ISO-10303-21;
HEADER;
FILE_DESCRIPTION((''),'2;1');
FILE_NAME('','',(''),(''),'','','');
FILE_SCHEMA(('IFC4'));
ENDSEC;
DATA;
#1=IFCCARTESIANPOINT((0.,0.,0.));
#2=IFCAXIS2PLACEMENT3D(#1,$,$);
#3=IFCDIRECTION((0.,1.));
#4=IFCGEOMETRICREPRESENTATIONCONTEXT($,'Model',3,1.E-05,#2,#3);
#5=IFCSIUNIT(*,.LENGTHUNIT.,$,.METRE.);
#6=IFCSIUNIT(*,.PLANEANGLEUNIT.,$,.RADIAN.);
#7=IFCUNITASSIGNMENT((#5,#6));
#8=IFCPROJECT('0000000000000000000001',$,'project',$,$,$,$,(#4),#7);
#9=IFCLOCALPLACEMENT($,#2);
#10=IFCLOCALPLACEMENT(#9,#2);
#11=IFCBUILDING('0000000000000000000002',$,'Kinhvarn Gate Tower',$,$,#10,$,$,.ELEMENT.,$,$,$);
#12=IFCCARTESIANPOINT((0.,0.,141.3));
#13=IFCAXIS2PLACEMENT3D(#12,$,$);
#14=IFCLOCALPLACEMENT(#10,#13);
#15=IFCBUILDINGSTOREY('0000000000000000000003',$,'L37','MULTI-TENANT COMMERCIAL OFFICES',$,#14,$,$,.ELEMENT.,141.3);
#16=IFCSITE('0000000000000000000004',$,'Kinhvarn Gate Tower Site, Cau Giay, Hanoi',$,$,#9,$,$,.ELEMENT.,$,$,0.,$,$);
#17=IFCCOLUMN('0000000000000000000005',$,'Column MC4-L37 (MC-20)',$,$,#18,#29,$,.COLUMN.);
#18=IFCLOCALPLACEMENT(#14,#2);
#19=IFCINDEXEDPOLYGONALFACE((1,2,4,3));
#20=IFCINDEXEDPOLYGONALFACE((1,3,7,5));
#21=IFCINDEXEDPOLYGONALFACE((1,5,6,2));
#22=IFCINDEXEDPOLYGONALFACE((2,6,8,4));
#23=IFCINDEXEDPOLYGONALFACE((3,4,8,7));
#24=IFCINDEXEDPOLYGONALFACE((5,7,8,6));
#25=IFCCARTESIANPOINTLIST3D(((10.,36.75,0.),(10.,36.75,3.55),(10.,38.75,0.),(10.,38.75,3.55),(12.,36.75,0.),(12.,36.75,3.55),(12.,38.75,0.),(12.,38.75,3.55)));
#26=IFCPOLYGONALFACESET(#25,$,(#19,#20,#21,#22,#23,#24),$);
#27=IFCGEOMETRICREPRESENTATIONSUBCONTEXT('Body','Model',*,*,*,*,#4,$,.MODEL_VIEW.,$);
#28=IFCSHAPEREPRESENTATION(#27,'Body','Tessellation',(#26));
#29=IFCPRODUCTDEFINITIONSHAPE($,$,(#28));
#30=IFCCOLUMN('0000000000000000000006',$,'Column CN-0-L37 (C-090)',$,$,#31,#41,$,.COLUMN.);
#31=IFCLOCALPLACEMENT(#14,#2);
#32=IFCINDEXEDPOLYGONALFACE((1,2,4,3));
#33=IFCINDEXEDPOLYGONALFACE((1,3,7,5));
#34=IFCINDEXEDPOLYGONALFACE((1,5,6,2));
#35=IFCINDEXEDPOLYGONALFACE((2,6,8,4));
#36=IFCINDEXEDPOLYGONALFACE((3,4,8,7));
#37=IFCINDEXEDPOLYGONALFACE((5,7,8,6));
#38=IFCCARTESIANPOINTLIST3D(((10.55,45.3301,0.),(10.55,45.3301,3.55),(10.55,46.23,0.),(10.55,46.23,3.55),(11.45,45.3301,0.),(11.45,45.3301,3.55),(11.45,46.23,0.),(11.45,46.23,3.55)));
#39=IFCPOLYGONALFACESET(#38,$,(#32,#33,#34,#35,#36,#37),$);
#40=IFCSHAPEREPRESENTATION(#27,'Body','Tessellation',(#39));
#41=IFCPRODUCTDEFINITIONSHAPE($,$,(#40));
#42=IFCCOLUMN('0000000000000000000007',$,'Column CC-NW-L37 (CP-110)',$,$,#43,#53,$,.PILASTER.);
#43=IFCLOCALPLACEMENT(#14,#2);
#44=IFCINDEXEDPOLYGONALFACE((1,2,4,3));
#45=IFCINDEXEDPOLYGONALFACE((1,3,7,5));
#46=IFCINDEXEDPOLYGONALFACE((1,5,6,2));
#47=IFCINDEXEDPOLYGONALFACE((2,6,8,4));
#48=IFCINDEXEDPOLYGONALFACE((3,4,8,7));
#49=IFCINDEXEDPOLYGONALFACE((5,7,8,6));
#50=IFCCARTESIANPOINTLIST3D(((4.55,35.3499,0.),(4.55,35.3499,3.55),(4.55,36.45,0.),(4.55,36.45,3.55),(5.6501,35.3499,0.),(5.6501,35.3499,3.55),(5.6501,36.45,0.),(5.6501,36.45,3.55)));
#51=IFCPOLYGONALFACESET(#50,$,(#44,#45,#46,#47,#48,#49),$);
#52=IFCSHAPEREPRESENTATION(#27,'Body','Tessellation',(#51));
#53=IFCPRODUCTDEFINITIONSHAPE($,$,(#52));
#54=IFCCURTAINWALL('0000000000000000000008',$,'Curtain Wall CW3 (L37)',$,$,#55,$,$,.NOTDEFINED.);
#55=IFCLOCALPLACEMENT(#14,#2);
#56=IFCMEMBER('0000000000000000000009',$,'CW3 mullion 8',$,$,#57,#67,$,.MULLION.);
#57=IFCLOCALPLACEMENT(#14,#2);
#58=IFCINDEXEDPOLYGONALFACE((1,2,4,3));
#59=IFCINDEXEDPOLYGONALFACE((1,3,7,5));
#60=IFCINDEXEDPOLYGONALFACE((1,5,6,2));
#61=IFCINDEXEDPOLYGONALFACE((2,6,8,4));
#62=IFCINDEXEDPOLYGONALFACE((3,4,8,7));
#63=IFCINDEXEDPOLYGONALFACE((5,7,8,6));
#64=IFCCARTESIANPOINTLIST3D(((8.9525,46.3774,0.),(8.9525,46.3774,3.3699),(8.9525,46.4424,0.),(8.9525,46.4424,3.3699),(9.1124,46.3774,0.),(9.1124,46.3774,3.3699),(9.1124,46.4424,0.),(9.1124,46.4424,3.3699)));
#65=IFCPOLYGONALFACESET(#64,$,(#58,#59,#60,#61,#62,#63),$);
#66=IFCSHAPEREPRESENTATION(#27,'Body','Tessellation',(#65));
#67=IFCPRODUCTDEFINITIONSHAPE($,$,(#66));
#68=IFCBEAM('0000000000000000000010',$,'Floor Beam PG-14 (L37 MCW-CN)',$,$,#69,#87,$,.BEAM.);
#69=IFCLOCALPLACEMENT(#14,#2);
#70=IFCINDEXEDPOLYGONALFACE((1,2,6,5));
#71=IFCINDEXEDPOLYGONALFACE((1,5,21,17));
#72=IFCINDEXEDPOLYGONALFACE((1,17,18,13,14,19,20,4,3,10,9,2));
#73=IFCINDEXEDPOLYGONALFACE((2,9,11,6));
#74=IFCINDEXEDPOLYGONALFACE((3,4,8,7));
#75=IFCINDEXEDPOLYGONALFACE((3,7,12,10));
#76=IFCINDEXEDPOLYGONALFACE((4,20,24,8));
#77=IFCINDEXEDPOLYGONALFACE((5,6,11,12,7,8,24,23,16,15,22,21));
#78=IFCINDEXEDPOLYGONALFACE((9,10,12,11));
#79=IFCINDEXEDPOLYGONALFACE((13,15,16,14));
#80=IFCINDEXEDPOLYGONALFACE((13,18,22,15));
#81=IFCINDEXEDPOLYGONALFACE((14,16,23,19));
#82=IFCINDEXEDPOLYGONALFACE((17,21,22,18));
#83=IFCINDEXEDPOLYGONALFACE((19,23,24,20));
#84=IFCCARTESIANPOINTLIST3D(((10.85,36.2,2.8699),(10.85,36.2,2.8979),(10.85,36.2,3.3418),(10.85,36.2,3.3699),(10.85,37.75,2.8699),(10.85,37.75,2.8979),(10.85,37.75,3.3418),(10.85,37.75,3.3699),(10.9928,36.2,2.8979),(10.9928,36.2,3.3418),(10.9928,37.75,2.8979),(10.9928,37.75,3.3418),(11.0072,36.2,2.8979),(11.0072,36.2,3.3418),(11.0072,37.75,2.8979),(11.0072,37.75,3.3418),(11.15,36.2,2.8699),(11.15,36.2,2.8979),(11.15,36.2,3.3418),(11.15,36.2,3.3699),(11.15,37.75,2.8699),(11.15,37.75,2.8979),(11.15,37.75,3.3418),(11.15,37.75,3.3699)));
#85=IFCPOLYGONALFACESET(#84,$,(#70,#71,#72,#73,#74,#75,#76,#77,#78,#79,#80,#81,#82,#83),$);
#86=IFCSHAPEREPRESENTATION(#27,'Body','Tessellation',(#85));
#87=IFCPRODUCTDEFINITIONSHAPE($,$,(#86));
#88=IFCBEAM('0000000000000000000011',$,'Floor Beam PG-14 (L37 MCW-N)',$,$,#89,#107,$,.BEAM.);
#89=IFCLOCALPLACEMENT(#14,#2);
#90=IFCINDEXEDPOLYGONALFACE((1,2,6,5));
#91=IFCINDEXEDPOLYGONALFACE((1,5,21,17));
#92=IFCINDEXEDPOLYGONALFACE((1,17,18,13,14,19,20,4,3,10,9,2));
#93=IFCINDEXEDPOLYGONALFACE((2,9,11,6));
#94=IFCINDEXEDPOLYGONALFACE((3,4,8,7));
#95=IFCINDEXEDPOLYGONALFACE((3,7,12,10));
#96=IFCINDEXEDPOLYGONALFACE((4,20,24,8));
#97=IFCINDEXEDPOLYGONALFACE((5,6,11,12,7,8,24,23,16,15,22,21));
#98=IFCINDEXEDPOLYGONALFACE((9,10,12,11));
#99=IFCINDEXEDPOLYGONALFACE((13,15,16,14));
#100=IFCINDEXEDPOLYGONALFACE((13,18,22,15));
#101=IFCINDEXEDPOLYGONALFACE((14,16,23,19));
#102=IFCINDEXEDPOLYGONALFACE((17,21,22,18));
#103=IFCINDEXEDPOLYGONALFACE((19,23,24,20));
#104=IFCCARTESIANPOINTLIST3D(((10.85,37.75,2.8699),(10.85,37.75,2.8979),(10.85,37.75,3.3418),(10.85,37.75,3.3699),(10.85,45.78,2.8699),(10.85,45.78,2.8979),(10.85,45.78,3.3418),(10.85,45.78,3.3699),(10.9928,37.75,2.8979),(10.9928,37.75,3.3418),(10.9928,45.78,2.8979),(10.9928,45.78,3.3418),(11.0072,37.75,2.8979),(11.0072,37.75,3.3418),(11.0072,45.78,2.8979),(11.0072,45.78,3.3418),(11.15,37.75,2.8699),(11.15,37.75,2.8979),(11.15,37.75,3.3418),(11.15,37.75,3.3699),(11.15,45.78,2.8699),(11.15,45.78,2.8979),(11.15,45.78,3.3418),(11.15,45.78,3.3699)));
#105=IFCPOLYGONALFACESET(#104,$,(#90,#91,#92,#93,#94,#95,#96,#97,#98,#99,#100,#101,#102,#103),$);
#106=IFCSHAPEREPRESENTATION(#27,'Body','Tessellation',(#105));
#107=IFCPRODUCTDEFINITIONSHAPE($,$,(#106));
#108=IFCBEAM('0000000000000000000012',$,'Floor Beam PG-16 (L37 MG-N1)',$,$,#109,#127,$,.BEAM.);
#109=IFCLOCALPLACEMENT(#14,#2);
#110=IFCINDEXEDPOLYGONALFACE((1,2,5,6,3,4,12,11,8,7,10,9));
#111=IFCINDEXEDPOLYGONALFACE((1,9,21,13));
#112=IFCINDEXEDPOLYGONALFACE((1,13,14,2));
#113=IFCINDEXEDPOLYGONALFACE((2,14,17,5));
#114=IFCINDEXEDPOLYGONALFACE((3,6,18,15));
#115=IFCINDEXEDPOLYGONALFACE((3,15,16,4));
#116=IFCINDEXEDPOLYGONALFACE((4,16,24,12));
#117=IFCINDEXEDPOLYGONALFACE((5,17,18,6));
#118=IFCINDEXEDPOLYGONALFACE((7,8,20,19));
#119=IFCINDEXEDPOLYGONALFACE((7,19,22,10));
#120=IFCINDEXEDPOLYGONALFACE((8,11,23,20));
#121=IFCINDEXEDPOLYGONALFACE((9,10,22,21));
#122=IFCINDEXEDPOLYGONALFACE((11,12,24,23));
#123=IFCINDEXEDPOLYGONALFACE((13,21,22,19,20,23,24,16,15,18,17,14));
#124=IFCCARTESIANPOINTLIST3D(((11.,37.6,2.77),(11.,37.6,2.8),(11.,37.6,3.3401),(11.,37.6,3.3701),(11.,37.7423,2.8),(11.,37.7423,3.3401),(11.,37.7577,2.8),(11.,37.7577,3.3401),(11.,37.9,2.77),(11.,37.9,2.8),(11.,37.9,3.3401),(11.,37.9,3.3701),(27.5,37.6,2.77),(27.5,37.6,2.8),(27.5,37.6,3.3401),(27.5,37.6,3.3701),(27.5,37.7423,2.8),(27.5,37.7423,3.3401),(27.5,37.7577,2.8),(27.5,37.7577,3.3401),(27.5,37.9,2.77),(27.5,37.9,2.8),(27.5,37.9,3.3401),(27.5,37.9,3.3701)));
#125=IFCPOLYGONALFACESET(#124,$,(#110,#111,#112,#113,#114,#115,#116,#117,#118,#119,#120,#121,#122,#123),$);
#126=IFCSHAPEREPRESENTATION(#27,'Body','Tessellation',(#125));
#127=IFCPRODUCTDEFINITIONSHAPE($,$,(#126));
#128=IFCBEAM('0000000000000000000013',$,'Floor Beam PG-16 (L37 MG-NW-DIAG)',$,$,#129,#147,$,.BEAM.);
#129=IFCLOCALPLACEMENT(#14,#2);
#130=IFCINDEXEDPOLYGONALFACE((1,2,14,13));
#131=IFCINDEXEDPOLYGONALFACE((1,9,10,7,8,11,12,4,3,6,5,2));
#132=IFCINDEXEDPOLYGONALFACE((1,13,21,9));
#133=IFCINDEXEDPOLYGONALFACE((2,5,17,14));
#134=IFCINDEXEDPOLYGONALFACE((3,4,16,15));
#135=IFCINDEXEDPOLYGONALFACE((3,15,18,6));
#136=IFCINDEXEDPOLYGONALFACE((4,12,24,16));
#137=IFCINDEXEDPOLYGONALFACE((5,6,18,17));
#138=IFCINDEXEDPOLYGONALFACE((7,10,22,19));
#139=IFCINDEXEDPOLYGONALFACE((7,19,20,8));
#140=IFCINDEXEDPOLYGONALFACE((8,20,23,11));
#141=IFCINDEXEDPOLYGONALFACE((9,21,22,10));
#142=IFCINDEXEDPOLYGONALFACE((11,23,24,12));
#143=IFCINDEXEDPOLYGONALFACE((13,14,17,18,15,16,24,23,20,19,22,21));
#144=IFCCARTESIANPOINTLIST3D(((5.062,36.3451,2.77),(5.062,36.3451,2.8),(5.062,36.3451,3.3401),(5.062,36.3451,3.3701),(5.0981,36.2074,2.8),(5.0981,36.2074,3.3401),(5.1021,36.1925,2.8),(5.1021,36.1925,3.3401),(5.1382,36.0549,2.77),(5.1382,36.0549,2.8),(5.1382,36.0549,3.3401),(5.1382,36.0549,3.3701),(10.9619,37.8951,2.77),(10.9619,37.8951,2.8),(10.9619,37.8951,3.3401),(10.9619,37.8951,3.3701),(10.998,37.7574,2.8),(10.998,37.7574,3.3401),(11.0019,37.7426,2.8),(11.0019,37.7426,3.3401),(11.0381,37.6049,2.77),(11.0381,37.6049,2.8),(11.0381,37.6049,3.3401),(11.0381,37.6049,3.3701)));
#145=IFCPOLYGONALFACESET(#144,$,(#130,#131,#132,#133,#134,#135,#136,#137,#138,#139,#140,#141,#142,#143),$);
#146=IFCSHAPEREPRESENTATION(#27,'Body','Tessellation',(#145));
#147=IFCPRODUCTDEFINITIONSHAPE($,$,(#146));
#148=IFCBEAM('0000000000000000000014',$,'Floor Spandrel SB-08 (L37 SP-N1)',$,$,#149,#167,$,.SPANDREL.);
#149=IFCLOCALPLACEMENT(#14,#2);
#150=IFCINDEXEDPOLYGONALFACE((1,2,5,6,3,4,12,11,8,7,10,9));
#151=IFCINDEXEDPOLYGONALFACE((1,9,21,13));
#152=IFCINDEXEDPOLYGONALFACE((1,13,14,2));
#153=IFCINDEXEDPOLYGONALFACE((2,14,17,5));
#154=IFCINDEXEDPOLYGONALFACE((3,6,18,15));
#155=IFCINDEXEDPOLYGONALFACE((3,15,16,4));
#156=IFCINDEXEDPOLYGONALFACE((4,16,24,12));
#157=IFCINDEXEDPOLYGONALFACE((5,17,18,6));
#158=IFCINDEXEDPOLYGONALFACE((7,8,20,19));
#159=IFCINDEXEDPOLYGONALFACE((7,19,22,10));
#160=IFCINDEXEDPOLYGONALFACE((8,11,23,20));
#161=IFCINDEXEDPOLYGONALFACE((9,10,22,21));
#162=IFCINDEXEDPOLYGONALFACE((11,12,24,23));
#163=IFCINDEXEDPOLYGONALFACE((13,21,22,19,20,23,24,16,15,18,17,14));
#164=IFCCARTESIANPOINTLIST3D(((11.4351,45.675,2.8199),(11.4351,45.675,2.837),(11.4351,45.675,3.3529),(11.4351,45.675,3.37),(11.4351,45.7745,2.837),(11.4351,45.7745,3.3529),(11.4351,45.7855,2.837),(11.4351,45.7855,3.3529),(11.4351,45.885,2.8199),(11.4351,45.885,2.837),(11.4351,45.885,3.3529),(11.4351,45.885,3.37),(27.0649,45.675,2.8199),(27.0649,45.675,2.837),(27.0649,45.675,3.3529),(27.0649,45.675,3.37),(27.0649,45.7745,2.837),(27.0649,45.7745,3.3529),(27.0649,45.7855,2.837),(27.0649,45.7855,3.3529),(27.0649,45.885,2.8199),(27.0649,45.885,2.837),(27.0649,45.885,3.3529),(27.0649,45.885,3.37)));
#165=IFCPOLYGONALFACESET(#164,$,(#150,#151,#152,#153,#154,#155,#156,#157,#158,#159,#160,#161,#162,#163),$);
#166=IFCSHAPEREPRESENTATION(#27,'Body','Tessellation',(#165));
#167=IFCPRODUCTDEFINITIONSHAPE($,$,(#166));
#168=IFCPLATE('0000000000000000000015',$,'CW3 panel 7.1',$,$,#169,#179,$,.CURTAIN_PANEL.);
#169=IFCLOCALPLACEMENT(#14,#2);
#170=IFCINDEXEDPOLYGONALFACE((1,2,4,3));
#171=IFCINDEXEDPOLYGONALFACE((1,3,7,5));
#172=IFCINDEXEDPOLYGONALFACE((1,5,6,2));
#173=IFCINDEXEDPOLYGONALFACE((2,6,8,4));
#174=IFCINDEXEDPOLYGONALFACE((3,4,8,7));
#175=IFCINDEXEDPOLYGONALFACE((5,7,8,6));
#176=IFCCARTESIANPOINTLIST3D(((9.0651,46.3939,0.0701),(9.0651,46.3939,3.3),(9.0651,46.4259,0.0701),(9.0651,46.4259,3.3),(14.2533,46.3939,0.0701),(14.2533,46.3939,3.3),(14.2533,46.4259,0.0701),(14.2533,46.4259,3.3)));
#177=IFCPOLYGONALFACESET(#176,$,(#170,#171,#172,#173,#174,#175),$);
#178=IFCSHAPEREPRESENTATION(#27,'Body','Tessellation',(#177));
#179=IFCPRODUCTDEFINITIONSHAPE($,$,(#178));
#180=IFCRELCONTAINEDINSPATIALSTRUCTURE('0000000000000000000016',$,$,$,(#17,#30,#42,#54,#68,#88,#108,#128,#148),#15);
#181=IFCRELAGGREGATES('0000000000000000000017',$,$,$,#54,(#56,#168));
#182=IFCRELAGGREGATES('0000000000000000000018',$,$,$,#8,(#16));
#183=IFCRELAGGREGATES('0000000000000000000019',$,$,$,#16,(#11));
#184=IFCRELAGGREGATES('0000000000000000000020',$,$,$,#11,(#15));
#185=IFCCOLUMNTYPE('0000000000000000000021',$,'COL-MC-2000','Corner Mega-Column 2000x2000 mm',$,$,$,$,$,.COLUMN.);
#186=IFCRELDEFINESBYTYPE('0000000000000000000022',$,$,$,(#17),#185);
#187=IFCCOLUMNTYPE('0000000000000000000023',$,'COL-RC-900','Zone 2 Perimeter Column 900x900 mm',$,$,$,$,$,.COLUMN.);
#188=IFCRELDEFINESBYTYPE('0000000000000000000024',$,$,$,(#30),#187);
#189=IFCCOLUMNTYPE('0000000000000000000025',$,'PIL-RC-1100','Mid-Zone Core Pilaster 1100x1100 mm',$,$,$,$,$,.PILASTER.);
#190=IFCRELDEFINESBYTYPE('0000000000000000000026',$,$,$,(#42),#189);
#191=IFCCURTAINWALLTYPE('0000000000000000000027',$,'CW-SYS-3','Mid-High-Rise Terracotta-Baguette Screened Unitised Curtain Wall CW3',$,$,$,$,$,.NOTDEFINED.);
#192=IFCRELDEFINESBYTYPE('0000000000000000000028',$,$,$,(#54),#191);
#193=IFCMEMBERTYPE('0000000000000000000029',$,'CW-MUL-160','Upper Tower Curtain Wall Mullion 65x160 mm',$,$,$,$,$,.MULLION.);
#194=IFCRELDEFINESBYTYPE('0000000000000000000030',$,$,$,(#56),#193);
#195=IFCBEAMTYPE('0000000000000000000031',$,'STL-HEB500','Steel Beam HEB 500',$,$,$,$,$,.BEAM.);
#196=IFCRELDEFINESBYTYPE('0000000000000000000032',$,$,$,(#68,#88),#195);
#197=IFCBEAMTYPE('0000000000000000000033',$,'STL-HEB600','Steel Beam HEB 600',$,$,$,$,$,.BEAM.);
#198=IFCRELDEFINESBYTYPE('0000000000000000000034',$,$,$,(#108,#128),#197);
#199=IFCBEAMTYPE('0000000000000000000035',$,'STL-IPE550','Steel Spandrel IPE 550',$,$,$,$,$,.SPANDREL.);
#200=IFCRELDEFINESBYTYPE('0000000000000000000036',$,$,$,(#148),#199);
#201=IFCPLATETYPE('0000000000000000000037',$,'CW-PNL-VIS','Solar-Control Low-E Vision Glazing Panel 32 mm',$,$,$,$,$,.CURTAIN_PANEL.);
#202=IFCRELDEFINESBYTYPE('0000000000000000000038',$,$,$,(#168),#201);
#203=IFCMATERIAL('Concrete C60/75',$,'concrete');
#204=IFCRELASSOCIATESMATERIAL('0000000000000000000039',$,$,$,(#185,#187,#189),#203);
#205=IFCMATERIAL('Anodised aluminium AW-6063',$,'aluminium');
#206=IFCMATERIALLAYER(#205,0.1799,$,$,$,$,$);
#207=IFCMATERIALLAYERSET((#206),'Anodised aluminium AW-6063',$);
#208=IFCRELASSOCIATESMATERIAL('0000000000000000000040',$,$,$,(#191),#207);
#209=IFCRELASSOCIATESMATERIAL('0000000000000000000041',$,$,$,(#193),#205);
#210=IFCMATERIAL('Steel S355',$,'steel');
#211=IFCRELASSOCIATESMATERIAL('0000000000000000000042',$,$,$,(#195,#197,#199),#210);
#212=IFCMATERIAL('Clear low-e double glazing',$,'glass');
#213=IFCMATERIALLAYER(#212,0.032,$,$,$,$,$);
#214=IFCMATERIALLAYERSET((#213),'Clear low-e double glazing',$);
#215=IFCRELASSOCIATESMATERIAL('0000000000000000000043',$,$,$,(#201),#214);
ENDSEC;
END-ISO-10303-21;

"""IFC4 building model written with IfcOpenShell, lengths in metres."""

from ifc_helpers import new_model, si_unit, direction, frame, origin, origin_2d, place, context, subcontext, project, spatial, rectangle, i_section, extrude, material, layer, layer_set, material_profile, profile_set, type_object, element, aggregate, save


model = new_model("IFC4")

# Units and contexts
model_context = context("Model", 3, precision=1e-05, world=origin(), true_north=direction((0.0, 1.0)))
body_context = subcontext(model_context, "Body", "Model", "MODEL_VIEW")
ifc_project = project(units=[si_unit("LENGTHUNIT", "METRE"), si_unit("PLANEANGLEUNIT", "RADIAN")], contexts=[model_context])

# Site, building, storey
site_placement = place(None, origin())
site = spatial("IfcSite", under=ifc_project, at=site_placement, Name="Kinhvarn Gate Tower Site, Cau Giay, Hanoi", CompositionType="ELEMENT", RefElevation=0.0)
building_placement = place(site_placement, origin())
building = spatial("IfcBuilding", under=site, at=building_placement, Name="Kinhvarn Gate Tower", CompositionType="ELEMENT")
storey_placement = place(building_placement, frame((0.0, 0.0, 141.3)))
storey = spatial("IfcBuildingStorey", under=building, at=storey_placement, Name="L37", Description="MULTI-TENANT COMMERCIAL OFFICES", CompositionType="ELEMENT", Elevation=141.3)

# Columns
ifc_material_1 = material(Name="Concrete C60/75", Category="concrete")
ifc_material_profile_1 = material_profile(ifc_material_1, rectangle(XDim=2.0, YDim=2.0, at=origin_2d()), Name="RC 2000x2000")
ifc_profile_set_1 = profile_set([ifc_material_profile_1], Name="Concrete C60/75")
column_type_1 = type_object("IfcColumnType", Name="COL-MC-2000", Description="Corner Mega-Column 2000x2000 mm", PredefinedType="COLUMN", material=ifc_profile_set_1)
column_1_placement = place(storey_placement, frame((11.0, 37.75, 0.0), z_axis=(0.0, 0.0, 1.0), x_axis=(1.0, 0.0, 0.0)))
element("IfcColumn", 1, at=column_1_placement, inside=storey, type_object=column_type_1, Name="Column MC4-L37 (MC-20)", PredefinedType="COLUMN", context=body_context, shape_type="SweptSolid", body=[
    extrude(rectangle(XDim=2.0, YDim=2.0, at=origin_2d()), origin(), (0.0, 0.0, 1.0), 3.55),
])
ifc_material_profile_2 = material_profile(ifc_material_1, rectangle(XDim=0.8999, YDim=0.8999, at=origin_2d()), Name="RC 900x900")
ifc_profile_set_2 = profile_set([ifc_material_profile_2], Name="Concrete C60/75")
column_type_2 = type_object("IfcColumnType", Name="COL-RC-900", Description="Zone 2 Perimeter Column 900x900 mm", PredefinedType="COLUMN", material=ifc_profile_set_2)
column_2_placement = place(storey_placement, frame((11.0, 45.78, 0.0), z_axis=(0.0, 0.0, 1.0), x_axis=(1.0, 0.0, 0.0)))
element("IfcColumn", 2, at=column_2_placement, inside=storey, type_object=column_type_2, Name="Column CN-0-L37 (C-090)", PredefinedType="COLUMN", context=body_context, shape_type="SweptSolid", body=[
    extrude(rectangle(XDim=0.8999, YDim=0.8999, at=origin_2d()), origin(), (0.0, 0.0, 1.0), 3.55),
])
ifc_material_profile_3 = material_profile(ifc_material_1, rectangle(XDim=1.1001, YDim=1.1001, at=origin_2d()), Name="RC 1100x1100")
ifc_profile_set_3 = profile_set([ifc_material_profile_3], Name="Concrete C60/75")
column_type_3 = type_object("IfcColumnType", Name="PIL-RC-1100", Description="Mid-Zone Core Pilaster 1100x1100 mm", PredefinedType="PILASTER", material=ifc_profile_set_3)
column_3_placement = place(storey_placement, frame((5.1001, 35.8999, 0.0), z_axis=(0.0, 0.0, 1.0), x_axis=(1.0, 0.0, 0.0)))
element("IfcColumn", 3, at=column_3_placement, inside=storey, type_object=column_type_3, Name="Column CC-NW-L37 (CP-110)", PredefinedType="PILASTER", context=body_context, shape_type="SweptSolid", body=[
    extrude(rectangle(XDim=1.1001, YDim=1.1001, at=origin_2d()), origin(), (0.0, 0.0, 1.0), 3.55),
])

# Curtain wall, member
ifc_material_2 = material(Name="Anodised aluminium AW-6063", Category="aluminium")
ifc_layer_1 = layer(ifc_material_2, 0.1799)
ifc_layer_set_1 = layer_set([ifc_layer_1], Name="Anodised aluminium AW-6063")
curtain_wall_type = type_object("IfcCurtainWallType", Name="CW-SYS-3", Description="Mid-High-Rise Terracotta-Baguette Screened Unitised Curtain Wall CW3", PredefinedType="NOTDEFINED", material=ifc_layer_set_1)
curtain_wall_placement = place(storey_placement, origin())
curtain_wall = element("IfcCurtainWall", 4, at=curtain_wall_placement, inside=storey, type_object=curtain_wall_type, Name="Curtain Wall CW3 (L37)", PredefinedType="NOTDEFINED")
ifc_material_profile_4 = material_profile(ifc_material_2, rectangle(XDim=0.0649, YDim=0.1599, at=origin_2d()), Name="ALU 65x160")
ifc_profile_set_4 = profile_set([ifc_material_profile_4], Name="Anodised aluminium AW-6063")
member_type = type_object("IfcMemberType", Name="CW-MUL-160", Description="Upper Tower Curtain Wall Mullion 65x160 mm", PredefinedType="MULLION", material=ifc_profile_set_4)
member_placement = place(storey_placement, frame((9.0325, 46.4099, 0.0), z_axis=(0.0, 0.0, 1.0), x_axis=(0.0, -1.0, 0.0)))
member = element("IfcMember", 5, at=member_placement, type_object=member_type, Name="CW3 mullion 8", PredefinedType="MULLION", context=body_context, shape_type="SweptSolid", body=[
    extrude(rectangle(XDim=0.0649, YDim=0.1599, at=origin_2d()), origin(), (0.0, 0.0, 1.0), 3.3699),
])

# Beams
ifc_material_3 = material(Name="Steel S355", Category="steel")
ifc_material_profile_5 = material_profile(ifc_material_3, i_section(OverallWidth=0.3, OverallDepth=0.5, WebThickness=0.0144, FlangeThickness=0.0281, at=origin_2d()), Name="HEB 500")
ifc_profile_set_5 = profile_set([ifc_material_profile_5], Name="Steel S355")
beam_type_1 = type_object("IfcBeamType", Name="STL-HEB500", Description="Steel Beam HEB 500", PredefinedType="BEAM", material=ifc_profile_set_5)
beam_1_placement = place(storey_placement, frame((11.0, 36.2, 3.1199), z_axis=(0.0, 1.0, 0.0), x_axis=(-1.0, 0.0, 0.0)))
element("IfcBeam", 6, at=beam_1_placement, inside=storey, type_object=beam_type_1, Name="Floor Beam PG-14 (L37 MCW-CN)", PredefinedType="BEAM", context=body_context, shape_type="SweptSolid", body=[
    extrude(i_section(OverallWidth=0.3, OverallDepth=0.5, WebThickness=0.0144, FlangeThickness=0.0281, at=origin_2d()), origin(), (0.0, 0.0, 1.0), 1.55),
])
beam_2_placement = place(storey_placement, frame((11.0, 37.75, 3.1199), z_axis=(0.0, 1.0, 0.0), x_axis=(-1.0, 0.0, 0.0)))
element("IfcBeam", 7, at=beam_2_placement, inside=storey, type_object=beam_type_1, Name="Floor Beam PG-14 (L37 MCW-N)", PredefinedType="BEAM", context=body_context, shape_type="SweptSolid", body=[
    extrude(i_section(OverallWidth=0.3, OverallDepth=0.5, WebThickness=0.0144, FlangeThickness=0.0281, at=origin_2d()), origin(), (0.0, 0.0, 1.0), 8.03),
])
ifc_material_profile_6 = material_profile(ifc_material_3, i_section(OverallWidth=0.3, OverallDepth=0.6001, WebThickness=0.0154, FlangeThickness=0.03, at=origin_2d()), Name="HEB 600")
ifc_profile_set_6 = profile_set([ifc_material_profile_6], Name="Steel S355")
beam_type_2 = type_object("IfcBeamType", Name="STL-HEB600", Description="Steel Beam HEB 600", PredefinedType="BEAM", material=ifc_profile_set_6)
beam_3_placement = place(storey_placement, frame((11.0, 37.75, 3.0701), z_axis=(1.0, 0.0, 0.0), x_axis=(0.0, 1.0, 0.0)))
element("IfcBeam", 8, at=beam_3_placement, inside=storey, type_object=beam_type_2, Name="Floor Beam PG-16 (L37 MG-N1)", PredefinedType="BEAM", context=body_context, shape_type="SweptSolid", body=[
    extrude(i_section(OverallWidth=0.3, OverallDepth=0.6001, WebThickness=0.0154, FlangeThickness=0.03, at=origin_2d()), origin(), (0.0, 0.0, 1.0), 16.5),
])
beam_4_placement = place(storey_placement, frame((5.1001, 36.2, 3.0701), z_axis=(0.967178, 0.254101, 0.0), x_axis=(-0.254101, 0.967178, 0.0)))
element("IfcBeam", 9, at=beam_4_placement, inside=storey, type_object=beam_type_2, Name="Floor Beam PG-16 (L37 MG-NW-DIAG)", PredefinedType="BEAM", context=body_context, shape_type="SweptSolid", body=[
    extrude(i_section(OverallWidth=0.3, OverallDepth=0.6001, WebThickness=0.0154, FlangeThickness=0.03, at=origin_2d()), origin(), (0.0, 0.0, 1.0), 6.1001),
])
ifc_material_profile_7 = material_profile(ifc_material_3, i_section(OverallWidth=0.21, OverallDepth=0.55, WebThickness=0.011, FlangeThickness=0.0171, at=origin_2d()), Name="IPE 550")
ifc_profile_set_7 = profile_set([ifc_material_profile_7], Name="Steel S355")
beam_type_3 = type_object("IfcBeamType", Name="STL-IPE550", Description="Steel Spandrel IPE 550", PredefinedType="SPANDREL", material=ifc_profile_set_7)
beam_5_placement = place(storey_placement, frame((11.4351, 45.78, 3.095), z_axis=(1.0, 0.0, 0.0), x_axis=(0.0, 1.0, 0.0)))
element("IfcBeam", 10, at=beam_5_placement, inside=storey, type_object=beam_type_3, Name="Floor Spandrel SB-08 (L37 SP-N1)", PredefinedType="SPANDREL", context=body_context, shape_type="SweptSolid", body=[
    extrude(i_section(OverallWidth=0.21, OverallDepth=0.55, WebThickness=0.011, FlangeThickness=0.0171, at=origin_2d()), origin(), (0.0, 0.0, 1.0), 15.6299),
])

# Plate
ifc_material_4 = material(Name="Clear low-e double glazing", Category="glass")
ifc_layer_2 = layer(ifc_material_4, 0.032)
ifc_layer_set_2 = layer_set([ifc_layer_2], Name="Clear low-e double glazing")
plate_type = type_object("IfcPlateType", Name="CW-PNL-VIS", Description="Solar-Control Low-E Vision Glazing Panel 32 mm", PredefinedType="CURTAIN_PANEL", material=ifc_layer_set_2)
plate_placement = place(storey_placement, frame((11.6592, 46.4099, 0.0701), z_axis=(0.0, 0.0, 1.0), x_axis=(-1.0, 0.0, 0.0)))
plate = element("IfcPlate", 11, at=plate_placement, type_object=plate_type, Name="CW3 panel 7.1", PredefinedType="CURTAIN_PANEL", context=body_context, shape_type="SweptSolid", body=[
    extrude(rectangle(XDim=5.1882, YDim=0.032, at=origin_2d()), origin(), (0.0, 0.0, 1.0), 3.23),
])
aggregate(curtain_wall, [member, plate])

save(model, "model.ifc")
